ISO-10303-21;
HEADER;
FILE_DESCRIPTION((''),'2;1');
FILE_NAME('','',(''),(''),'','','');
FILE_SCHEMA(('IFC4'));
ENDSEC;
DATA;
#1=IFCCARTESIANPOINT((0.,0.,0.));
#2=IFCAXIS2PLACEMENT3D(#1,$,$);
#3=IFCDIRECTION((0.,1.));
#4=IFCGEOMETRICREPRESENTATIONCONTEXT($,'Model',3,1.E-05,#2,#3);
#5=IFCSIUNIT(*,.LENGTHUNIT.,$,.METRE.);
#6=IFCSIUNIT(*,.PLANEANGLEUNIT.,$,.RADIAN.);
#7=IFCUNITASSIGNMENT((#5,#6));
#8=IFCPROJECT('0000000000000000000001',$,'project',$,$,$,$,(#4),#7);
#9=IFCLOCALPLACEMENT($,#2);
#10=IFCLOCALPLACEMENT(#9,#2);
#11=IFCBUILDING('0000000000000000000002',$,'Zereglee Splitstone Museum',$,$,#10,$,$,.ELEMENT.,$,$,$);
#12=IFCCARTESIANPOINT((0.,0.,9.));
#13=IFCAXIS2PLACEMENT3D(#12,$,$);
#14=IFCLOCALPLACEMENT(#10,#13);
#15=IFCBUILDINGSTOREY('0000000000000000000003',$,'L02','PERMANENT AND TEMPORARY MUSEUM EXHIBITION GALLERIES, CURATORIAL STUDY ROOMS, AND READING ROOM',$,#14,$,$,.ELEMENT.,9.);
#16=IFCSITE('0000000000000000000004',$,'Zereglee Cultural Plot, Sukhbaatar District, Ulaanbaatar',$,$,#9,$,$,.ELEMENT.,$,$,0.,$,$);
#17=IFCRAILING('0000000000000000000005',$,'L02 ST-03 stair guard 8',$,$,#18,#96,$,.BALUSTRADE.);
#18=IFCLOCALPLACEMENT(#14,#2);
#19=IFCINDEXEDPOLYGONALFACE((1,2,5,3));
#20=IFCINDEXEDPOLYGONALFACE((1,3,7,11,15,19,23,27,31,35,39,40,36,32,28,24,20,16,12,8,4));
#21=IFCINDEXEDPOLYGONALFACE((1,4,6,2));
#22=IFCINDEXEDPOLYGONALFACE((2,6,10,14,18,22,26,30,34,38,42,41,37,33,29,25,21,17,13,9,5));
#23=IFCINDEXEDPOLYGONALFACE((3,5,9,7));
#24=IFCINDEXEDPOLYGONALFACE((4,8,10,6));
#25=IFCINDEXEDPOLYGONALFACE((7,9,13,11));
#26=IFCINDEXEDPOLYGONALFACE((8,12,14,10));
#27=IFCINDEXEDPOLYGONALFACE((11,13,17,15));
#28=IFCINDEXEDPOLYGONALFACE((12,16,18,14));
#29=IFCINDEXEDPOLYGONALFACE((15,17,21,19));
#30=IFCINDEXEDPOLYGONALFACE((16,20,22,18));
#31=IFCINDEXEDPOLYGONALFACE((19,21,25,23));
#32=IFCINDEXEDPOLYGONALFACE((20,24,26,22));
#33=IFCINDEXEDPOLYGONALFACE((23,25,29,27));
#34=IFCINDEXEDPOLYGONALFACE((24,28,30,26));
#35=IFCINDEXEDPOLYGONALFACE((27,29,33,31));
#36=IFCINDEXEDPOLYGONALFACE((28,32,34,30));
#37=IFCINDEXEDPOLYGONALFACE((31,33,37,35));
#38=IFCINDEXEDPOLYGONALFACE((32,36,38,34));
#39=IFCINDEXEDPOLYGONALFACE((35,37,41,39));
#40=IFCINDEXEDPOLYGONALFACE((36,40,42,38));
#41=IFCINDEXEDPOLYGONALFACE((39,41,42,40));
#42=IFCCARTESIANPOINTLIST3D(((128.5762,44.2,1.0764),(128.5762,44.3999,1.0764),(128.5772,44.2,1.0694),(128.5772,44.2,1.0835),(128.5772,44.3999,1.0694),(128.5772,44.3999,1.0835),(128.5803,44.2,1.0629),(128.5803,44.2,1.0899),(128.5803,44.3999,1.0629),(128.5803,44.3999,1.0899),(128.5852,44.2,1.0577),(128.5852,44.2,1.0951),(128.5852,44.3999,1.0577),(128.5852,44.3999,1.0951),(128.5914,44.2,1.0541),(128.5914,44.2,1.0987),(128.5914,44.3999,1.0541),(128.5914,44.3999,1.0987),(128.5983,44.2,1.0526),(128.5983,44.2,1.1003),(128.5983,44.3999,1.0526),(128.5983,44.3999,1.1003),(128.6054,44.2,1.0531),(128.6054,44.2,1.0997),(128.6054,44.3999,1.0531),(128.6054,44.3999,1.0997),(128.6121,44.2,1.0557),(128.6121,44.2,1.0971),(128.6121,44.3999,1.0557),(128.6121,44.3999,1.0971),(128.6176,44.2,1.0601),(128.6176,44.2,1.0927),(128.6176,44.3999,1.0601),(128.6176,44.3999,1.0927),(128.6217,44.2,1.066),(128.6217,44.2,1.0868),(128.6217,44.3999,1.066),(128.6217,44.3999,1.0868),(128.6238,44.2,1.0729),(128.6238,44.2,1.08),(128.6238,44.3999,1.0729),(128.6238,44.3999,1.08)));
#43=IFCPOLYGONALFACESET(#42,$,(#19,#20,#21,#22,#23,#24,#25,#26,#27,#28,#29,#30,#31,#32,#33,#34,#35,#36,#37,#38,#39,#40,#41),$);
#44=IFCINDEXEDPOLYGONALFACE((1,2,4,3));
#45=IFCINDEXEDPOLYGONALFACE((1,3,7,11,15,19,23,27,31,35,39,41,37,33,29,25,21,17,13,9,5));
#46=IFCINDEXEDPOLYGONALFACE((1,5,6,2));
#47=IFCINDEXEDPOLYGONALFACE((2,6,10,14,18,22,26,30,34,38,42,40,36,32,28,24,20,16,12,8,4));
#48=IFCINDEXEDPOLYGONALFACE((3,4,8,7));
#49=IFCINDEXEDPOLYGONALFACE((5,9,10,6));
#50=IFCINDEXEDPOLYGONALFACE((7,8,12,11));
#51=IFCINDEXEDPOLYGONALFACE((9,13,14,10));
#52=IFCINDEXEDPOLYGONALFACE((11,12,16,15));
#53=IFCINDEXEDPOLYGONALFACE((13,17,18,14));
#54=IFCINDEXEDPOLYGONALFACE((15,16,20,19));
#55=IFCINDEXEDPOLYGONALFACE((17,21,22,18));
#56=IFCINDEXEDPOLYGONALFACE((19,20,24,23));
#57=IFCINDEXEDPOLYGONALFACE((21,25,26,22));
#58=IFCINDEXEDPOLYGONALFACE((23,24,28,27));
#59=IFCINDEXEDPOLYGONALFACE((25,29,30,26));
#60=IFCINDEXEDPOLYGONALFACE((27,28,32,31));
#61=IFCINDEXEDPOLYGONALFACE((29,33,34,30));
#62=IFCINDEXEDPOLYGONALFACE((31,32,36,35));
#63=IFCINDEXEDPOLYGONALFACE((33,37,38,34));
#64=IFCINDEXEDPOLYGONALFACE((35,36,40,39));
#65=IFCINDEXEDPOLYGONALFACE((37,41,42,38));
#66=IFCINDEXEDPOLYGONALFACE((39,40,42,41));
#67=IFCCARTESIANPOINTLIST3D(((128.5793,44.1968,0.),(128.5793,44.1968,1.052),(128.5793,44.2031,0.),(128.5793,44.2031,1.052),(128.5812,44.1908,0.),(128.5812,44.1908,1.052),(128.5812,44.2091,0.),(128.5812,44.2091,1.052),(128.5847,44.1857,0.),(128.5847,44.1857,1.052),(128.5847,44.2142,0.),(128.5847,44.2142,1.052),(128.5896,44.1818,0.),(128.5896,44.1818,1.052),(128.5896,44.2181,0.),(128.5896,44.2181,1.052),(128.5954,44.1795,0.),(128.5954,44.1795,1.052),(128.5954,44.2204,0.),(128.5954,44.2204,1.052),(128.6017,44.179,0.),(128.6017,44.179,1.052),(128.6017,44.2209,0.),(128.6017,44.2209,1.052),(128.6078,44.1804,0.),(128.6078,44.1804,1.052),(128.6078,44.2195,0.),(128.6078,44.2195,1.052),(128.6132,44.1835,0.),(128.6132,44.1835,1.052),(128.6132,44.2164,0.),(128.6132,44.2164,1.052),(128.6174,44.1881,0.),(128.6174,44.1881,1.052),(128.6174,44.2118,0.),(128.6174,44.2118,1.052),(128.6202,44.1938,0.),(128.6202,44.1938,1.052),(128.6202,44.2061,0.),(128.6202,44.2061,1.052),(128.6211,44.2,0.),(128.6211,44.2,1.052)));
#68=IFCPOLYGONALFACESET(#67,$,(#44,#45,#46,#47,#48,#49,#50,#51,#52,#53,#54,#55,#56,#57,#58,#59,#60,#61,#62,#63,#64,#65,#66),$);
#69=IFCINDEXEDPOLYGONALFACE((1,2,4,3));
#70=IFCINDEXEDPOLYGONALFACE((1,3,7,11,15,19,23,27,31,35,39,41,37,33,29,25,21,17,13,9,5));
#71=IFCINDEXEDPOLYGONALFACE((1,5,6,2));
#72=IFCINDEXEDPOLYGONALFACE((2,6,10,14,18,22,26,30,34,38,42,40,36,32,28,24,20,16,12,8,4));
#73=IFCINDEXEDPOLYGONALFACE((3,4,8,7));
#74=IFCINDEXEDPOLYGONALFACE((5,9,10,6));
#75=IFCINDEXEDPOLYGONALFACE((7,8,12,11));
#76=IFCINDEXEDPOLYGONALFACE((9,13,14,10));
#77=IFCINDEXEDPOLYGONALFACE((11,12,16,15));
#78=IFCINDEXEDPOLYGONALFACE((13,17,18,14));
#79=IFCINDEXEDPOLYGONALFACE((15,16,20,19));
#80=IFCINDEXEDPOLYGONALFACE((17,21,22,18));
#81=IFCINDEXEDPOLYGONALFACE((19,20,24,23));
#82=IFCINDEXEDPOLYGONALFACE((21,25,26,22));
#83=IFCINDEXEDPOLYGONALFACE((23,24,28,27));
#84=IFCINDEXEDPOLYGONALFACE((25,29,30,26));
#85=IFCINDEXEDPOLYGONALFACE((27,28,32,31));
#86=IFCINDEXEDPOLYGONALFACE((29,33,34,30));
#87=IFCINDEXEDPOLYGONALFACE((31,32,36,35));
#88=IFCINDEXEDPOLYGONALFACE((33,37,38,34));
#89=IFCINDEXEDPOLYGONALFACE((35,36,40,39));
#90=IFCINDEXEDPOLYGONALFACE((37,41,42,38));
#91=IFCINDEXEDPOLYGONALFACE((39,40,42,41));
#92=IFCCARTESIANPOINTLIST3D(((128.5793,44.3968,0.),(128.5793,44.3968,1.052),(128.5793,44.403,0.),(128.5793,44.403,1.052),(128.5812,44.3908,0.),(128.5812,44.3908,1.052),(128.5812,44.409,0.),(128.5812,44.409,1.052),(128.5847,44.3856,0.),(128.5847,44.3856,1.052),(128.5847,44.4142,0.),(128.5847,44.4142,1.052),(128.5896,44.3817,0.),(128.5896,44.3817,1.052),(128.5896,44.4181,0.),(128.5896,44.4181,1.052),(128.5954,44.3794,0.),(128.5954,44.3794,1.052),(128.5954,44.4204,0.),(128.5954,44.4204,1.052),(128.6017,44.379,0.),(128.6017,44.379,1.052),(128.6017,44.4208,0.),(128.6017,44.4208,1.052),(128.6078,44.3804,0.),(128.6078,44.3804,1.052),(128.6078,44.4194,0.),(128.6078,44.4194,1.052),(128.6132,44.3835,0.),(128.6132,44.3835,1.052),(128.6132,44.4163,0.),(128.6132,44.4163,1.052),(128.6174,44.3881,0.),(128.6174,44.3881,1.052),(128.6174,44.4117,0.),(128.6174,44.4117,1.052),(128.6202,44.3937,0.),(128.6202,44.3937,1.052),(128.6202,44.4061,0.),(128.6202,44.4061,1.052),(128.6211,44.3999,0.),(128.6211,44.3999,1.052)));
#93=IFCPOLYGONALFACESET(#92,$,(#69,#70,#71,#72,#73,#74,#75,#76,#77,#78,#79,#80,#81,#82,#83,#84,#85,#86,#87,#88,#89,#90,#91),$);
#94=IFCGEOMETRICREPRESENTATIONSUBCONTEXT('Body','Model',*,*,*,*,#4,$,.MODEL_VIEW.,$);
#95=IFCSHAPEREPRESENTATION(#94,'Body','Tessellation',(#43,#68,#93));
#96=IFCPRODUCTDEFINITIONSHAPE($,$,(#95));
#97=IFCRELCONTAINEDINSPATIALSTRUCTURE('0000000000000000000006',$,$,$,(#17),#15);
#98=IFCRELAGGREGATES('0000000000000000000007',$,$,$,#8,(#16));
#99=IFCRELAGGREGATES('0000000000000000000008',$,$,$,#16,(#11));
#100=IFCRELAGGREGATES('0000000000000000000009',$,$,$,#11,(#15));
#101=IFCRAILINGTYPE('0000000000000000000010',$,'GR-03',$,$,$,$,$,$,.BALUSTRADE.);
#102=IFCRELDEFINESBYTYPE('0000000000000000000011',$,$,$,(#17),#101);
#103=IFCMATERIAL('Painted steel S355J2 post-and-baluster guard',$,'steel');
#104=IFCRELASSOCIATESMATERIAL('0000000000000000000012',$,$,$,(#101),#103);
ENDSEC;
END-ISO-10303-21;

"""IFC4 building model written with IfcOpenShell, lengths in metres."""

from ifc_helpers import new_model, si_unit, direction, frame, origin, origin_2d, place, context, subcontext, project, spatial, circle, extrude, material, type_object, element, save


model = new_model("IFC4")

# Units and contexts
model_context = context("Model", 3, precision=1e-05, world=origin(), true_north=direction((0.0, 1.0)))
body_context = subcontext(model_context, "Body", "Model", "MODEL_VIEW")
ifc_project = project(units=[si_unit("LENGTHUNIT", "METRE"), si_unit("PLANEANGLEUNIT", "RADIAN")], contexts=[model_context])

# Site, building, storey
site_placement = place(None, origin())
site = spatial("IfcSite", under=ifc_project, at=site_placement, Name="Zereglee Cultural Plot, Sukhbaatar District, Ulaanbaatar", CompositionType="ELEMENT", RefElevation=0.0)
building_placement = place(site_placement, origin())
building = spatial("IfcBuilding", under=site, at=building_placement, Name="Zereglee Splitstone Museum", CompositionType="ELEMENT")
storey_placement = place(building_placement, frame((0.0, 0.0, 9.0)))
storey = spatial("IfcBuildingStorey", under=building, at=storey_placement, Name="L02", Description="PERMANENT AND TEMPORARY MUSEUM EXHIBITION GALLERIES, CURATORIAL STUDY ROOMS, AND READING ROOM", CompositionType="ELEMENT", Elevation=9.0)

# Railing
ifc_material_1 = material(Name="Painted steel S355J2 post-and-baluster guard", Category="steel")
railing_type_1 = type_object("IfcRailingType", Name="GR-03", PredefinedType="BALUSTRADE", material=ifc_material_1)
railing_1_placement = place(storey_placement, frame((128.6001, 44.2, 0.0)))
element("IfcRailing", 1, at=railing_1_placement, inside=storey, type_object=railing_type_1, Name="L02 ST-03 stair guard 8", PredefinedType="BALUSTRADE", context=body_context, shape_type="SweptSolid", body=[
    extrude(circle(Radius=0.0239, at=origin_2d()), frame((0.0, 0.0, 1.0764), z_axis=(0.0, 1.0, 0.0), x_axis=(-1.0, 0.0, 0.0)), (0.0, 0.0, 1.0), 0.2),
    extrude(circle(Radius=0.021, at=origin_2d()), origin(), (0.0, 0.0, 1.0), 1.052),
    extrude(circle(Radius=0.021, at=origin_2d()), frame((0.0, 0.2, 0.0)), (0.0, 0.0, 1.0), 1.052),
])

save(model, "model.ifc")
